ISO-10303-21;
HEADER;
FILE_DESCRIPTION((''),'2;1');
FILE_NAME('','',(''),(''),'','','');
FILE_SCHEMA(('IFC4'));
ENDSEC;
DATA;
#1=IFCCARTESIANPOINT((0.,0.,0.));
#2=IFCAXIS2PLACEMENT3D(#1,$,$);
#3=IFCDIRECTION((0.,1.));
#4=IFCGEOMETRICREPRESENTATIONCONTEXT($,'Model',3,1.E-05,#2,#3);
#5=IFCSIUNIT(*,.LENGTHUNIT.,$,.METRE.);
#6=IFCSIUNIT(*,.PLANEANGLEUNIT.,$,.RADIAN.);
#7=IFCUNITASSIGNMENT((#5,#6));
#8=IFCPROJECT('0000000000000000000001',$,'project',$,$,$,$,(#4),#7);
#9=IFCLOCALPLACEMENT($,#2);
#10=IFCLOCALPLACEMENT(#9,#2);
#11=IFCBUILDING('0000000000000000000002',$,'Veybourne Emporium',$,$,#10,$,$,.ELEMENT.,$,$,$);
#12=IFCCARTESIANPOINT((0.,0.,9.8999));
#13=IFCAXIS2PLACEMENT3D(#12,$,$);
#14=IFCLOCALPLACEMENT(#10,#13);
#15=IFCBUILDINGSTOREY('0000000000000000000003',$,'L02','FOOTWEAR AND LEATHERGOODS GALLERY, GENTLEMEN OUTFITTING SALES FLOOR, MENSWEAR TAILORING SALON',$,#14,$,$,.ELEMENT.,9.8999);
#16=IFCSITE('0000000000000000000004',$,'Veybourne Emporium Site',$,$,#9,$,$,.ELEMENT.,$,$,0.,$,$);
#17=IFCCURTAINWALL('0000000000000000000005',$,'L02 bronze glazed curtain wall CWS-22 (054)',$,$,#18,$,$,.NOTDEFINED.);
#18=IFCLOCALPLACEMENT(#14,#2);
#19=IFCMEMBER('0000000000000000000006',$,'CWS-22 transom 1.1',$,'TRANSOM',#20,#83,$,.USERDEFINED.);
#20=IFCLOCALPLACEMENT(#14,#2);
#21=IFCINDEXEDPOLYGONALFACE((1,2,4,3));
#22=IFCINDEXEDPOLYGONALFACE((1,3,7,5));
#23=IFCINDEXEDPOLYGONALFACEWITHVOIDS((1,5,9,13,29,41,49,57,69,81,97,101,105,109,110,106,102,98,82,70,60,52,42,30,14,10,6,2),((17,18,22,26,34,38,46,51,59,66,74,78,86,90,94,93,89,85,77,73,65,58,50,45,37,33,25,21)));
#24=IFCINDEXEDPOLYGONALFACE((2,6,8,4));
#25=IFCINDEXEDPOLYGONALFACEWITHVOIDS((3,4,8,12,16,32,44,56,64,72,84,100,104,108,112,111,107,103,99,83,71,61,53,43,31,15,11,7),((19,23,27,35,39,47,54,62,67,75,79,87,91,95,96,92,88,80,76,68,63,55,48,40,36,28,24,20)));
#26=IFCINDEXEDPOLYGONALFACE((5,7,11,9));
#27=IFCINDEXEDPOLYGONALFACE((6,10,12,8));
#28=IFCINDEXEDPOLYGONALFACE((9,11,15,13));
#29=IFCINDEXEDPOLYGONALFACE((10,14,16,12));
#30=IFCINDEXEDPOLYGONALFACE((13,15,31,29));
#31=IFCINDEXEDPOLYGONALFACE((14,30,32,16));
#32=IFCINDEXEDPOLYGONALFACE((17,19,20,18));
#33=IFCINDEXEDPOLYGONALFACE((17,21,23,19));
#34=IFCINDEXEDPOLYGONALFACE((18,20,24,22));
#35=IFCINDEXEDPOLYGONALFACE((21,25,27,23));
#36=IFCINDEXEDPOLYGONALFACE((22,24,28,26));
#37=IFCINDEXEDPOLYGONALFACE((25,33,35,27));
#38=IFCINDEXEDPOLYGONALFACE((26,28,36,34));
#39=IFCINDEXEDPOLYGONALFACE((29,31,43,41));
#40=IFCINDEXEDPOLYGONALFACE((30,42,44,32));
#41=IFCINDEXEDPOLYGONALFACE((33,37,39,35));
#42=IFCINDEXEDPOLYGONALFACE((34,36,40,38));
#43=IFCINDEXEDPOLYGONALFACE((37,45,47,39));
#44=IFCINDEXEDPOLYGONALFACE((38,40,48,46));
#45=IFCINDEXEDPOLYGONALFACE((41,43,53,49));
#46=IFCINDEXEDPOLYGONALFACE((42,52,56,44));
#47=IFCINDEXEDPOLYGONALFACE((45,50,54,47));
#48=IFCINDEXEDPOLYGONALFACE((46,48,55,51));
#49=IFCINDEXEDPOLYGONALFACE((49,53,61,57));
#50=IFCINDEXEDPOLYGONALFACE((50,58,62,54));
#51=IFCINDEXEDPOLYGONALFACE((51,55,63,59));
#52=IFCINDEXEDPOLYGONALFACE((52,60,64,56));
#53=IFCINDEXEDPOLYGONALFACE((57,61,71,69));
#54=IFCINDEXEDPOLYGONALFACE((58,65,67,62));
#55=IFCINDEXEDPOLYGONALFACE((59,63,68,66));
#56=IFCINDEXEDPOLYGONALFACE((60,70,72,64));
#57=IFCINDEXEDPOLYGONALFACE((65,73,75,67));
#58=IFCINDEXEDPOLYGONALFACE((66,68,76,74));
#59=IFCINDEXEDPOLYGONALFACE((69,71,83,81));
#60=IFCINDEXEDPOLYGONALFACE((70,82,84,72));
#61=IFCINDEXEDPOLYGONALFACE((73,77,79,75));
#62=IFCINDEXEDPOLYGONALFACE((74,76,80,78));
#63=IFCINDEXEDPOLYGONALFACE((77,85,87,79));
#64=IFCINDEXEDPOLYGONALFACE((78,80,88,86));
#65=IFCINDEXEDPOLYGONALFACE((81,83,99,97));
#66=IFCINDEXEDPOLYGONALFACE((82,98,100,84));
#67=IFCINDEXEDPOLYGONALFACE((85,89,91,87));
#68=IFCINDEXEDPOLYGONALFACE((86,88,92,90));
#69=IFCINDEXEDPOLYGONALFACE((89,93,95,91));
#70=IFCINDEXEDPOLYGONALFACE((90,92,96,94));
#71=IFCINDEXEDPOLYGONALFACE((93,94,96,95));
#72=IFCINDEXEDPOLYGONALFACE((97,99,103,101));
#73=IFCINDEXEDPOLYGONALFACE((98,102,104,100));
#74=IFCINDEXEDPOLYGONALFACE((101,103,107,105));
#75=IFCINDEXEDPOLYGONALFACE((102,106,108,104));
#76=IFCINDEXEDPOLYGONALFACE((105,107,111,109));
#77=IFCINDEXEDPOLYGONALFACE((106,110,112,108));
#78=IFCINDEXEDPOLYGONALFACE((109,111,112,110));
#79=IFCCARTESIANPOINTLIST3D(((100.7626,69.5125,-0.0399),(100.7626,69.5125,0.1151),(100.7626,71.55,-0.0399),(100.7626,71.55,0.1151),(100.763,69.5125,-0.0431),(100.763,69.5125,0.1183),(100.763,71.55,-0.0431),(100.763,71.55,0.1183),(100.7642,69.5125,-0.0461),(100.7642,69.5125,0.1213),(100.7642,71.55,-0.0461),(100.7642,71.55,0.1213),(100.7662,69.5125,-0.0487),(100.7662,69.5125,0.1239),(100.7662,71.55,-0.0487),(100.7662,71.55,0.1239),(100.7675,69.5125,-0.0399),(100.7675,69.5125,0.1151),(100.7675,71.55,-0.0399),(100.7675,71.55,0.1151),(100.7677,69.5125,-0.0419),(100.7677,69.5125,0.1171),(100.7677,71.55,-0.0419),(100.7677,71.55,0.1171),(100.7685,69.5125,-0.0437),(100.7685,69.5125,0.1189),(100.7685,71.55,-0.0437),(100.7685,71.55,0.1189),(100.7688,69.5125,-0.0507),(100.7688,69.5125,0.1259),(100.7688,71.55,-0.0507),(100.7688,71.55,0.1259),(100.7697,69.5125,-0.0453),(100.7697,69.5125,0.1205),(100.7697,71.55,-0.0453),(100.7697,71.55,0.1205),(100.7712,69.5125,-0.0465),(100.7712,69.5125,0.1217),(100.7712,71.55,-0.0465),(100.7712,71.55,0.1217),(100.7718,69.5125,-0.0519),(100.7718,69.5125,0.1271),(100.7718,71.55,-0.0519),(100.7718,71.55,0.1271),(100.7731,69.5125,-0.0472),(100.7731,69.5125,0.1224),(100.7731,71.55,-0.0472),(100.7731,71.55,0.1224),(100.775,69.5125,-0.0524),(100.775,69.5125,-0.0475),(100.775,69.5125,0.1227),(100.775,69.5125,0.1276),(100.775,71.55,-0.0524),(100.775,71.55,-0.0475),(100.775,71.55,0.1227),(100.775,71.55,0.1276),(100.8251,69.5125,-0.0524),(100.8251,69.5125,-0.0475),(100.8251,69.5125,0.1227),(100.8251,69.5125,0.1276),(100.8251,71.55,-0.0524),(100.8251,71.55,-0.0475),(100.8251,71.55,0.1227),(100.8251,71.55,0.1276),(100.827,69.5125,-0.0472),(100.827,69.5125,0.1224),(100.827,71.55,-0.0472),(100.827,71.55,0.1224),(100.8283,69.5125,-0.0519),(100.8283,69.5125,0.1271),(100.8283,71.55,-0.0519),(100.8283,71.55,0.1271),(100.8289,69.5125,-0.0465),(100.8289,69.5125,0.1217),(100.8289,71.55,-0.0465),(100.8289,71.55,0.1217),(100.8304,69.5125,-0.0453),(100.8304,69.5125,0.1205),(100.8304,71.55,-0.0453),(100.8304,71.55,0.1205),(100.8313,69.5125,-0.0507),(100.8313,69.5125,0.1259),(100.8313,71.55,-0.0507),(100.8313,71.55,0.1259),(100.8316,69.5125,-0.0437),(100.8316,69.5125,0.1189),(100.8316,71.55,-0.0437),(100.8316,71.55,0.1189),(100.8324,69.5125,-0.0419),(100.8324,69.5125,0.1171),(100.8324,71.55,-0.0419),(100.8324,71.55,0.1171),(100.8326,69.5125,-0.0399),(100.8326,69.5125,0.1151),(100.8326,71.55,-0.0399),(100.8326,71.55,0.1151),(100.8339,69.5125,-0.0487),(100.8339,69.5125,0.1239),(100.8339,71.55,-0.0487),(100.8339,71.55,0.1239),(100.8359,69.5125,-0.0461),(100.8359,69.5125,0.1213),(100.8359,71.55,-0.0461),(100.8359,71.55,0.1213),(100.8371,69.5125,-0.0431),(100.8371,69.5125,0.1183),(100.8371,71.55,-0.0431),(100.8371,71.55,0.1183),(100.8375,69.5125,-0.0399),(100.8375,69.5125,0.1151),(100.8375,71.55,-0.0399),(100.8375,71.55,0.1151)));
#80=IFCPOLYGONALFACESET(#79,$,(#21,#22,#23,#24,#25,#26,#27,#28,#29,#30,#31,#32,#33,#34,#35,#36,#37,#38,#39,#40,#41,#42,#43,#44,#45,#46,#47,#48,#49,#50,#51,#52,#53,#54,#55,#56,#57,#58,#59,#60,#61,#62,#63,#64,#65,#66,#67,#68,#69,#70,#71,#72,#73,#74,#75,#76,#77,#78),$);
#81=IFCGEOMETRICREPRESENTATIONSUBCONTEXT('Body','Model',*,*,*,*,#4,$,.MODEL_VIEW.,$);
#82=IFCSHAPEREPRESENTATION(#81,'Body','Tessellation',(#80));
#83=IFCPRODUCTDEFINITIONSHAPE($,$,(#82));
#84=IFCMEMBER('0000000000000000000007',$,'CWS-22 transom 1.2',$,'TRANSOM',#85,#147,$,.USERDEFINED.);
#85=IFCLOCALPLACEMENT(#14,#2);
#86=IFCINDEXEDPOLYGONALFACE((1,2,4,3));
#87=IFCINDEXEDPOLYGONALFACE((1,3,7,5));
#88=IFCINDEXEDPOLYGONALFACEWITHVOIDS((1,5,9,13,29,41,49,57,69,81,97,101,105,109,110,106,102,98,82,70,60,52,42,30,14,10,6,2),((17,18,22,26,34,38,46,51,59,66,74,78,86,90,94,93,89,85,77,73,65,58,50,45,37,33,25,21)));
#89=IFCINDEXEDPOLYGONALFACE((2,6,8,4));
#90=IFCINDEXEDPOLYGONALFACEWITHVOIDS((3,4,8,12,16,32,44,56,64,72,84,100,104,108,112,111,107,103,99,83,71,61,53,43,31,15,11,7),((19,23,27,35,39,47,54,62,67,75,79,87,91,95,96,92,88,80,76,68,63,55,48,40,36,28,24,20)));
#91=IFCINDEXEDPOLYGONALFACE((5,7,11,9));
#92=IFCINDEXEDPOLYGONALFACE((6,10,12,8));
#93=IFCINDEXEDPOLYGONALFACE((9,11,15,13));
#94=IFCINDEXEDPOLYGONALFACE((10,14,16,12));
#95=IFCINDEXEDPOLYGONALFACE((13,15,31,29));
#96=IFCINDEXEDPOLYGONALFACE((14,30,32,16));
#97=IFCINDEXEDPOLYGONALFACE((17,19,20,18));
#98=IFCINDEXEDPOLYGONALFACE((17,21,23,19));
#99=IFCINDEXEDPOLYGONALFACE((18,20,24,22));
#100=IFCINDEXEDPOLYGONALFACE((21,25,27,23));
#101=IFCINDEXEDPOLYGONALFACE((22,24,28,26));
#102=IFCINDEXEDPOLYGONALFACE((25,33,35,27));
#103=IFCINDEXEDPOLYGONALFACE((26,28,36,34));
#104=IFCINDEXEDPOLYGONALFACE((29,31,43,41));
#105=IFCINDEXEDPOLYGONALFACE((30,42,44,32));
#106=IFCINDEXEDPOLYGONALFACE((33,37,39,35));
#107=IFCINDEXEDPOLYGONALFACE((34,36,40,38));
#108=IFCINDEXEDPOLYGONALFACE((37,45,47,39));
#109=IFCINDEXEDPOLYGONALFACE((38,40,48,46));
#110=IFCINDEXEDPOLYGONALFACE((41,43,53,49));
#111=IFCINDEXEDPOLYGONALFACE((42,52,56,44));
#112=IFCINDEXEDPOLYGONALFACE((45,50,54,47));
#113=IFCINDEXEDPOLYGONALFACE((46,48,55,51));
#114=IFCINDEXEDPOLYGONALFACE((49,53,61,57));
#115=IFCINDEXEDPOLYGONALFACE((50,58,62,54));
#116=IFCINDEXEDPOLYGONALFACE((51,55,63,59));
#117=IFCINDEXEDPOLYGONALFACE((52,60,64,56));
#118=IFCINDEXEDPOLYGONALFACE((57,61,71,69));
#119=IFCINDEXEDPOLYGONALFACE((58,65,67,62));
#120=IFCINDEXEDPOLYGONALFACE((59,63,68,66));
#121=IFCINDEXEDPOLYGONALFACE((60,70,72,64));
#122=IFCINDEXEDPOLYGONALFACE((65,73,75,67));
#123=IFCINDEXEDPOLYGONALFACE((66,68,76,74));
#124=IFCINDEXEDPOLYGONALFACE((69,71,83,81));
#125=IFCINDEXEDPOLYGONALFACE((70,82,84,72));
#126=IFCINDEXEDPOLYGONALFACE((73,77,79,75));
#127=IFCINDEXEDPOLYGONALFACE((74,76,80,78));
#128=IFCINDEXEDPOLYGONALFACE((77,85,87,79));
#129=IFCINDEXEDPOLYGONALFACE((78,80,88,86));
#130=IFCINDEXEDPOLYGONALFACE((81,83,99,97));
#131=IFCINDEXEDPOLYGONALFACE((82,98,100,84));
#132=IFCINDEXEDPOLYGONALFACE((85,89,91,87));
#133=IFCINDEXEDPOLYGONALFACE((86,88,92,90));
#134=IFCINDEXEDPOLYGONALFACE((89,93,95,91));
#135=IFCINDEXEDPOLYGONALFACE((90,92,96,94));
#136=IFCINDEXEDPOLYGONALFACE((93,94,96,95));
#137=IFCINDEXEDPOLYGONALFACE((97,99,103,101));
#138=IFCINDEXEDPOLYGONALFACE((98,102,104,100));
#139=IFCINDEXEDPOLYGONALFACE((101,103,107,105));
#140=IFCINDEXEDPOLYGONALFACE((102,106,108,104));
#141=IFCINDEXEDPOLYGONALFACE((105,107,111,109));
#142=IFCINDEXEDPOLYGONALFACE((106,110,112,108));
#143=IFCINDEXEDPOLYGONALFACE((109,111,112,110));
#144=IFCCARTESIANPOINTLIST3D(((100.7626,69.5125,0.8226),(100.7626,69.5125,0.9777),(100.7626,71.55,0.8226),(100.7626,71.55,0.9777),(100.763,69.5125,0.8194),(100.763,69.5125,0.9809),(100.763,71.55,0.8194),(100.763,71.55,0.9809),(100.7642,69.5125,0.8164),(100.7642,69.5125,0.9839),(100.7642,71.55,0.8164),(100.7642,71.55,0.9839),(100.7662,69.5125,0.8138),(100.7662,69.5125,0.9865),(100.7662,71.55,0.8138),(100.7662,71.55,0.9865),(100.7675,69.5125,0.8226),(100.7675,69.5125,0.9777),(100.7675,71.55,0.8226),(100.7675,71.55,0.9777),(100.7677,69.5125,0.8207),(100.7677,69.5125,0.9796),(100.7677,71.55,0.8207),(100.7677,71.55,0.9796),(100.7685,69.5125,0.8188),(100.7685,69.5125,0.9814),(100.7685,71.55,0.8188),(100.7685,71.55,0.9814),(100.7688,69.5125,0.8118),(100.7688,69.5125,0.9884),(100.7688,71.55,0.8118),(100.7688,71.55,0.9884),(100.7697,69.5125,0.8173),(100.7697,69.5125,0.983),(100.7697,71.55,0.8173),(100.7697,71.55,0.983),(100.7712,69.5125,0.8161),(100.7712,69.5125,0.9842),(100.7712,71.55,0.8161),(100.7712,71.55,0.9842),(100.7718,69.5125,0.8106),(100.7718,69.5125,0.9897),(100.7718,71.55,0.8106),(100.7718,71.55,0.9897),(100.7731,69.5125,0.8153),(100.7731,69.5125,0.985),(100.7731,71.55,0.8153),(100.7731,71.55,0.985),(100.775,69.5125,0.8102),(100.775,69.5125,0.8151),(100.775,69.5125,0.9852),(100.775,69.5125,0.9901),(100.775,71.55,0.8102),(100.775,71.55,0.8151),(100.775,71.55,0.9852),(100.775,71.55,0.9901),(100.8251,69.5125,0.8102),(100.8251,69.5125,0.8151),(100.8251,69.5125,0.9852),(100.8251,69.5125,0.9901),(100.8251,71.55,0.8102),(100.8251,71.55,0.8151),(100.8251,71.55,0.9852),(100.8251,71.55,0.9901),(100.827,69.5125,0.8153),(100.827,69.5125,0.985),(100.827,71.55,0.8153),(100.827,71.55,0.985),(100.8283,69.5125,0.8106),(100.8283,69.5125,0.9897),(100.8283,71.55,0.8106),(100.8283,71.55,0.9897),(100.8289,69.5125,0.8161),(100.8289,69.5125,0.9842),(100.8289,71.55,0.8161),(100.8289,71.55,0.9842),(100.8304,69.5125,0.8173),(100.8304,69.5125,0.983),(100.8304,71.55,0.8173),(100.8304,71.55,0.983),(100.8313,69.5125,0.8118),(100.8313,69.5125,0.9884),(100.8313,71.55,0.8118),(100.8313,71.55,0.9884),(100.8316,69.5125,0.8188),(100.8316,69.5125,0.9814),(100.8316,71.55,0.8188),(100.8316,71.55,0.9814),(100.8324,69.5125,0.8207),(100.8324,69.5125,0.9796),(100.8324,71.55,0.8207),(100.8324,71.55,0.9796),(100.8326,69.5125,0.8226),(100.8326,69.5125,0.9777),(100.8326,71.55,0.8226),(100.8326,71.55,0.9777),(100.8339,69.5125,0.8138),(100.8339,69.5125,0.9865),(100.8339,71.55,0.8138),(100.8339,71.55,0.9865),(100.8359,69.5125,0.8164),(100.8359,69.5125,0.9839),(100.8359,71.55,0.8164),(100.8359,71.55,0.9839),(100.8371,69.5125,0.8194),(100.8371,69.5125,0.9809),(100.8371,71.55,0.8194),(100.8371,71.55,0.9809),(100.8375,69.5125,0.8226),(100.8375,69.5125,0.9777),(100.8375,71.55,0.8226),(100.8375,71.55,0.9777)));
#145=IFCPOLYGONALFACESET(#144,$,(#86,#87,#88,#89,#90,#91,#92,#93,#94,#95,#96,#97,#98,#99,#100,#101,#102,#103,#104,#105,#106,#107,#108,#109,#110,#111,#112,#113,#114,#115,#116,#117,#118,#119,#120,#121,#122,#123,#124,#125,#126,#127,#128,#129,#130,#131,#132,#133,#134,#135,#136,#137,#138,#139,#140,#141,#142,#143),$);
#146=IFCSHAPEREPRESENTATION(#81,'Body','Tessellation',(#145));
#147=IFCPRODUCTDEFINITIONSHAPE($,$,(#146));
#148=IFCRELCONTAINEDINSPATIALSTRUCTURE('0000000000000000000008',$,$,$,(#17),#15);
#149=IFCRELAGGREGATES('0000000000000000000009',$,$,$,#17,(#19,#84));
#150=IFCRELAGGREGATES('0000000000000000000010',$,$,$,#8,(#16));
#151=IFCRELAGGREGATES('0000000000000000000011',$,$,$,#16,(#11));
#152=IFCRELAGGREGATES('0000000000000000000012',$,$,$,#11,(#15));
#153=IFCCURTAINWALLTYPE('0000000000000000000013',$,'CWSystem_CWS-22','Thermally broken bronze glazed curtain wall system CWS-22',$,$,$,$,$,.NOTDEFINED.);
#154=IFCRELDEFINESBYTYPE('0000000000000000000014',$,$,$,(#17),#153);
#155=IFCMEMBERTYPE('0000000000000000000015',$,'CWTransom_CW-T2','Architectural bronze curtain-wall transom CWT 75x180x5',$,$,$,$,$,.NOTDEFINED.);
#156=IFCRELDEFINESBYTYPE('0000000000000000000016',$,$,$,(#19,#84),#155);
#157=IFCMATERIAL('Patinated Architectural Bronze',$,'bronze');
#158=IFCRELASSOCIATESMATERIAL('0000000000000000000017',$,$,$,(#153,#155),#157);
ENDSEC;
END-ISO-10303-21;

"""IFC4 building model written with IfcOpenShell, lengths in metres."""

from ifc_helpers import new_model, si_unit, direction, frame, origin, origin_2d, place, context, subcontext, project, spatial, hollow_rectangle, extrude, material, material_profile, profile_set, type_object, element, aggregate, save


model = new_model("IFC4")

# Units and contexts
model_context = context("Model", 3, precision=1e-05, world=origin(), true_north=direction((0.0, 1.0)))
body_context = subcontext(model_context, "Body", "Model", "MODEL_VIEW")
ifc_project = project(units=[si_unit("LENGTHUNIT", "METRE"), si_unit("PLANEANGLEUNIT", "RADIAN")], contexts=[model_context])

# Site, building, storey
site_placement = place(None, origin())
site = spatial("IfcSite", under=ifc_project, at=site_placement, Name="Veybourne Emporium Site", CompositionType="ELEMENT", RefElevation=0.0)
building_placement = place(site_placement, origin())
building = spatial("IfcBuilding", under=site, at=building_placement, Name="Veybourne Emporium", CompositionType="ELEMENT")
storey_placement = place(building_placement, frame((0.0, 0.0, 9.8999)))
storey = spatial("IfcBuildingStorey", under=building, at=storey_placement, Name="L02", Description="FOOTWEAR AND LEATHERGOODS GALLERY, GENTLEMEN OUTFITTING SALES FLOOR, MENSWEAR TAILORING SALON", CompositionType="ELEMENT", Elevation=9.8999)

# Curtain wall, members
ifc_material_1 = material(Name="Patinated Architectural Bronze", Category="bronze")
curtain_wall_type = type_object("IfcCurtainWallType", Name="CWSystem_CWS-22", Description="Thermally broken bronze glazed curtain wall system CWS-22", PredefinedType="NOTDEFINED", material=ifc_material_1)
curtain_wall_placement = place(storey_placement, origin())
curtain_wall = element("IfcCurtainWall", 1, at=curtain_wall_placement, inside=storey, type_object=curtain_wall_type, Name="L02 bronze glazed curtain wall CWS-22 (054)", PredefinedType="NOTDEFINED")
ifc_material_profile_1 = material_profile(ifc_material_1, hollow_rectangle(XDim=0.075, YDim=0.1799, WallThickness=0.0049, InnerFilletRadius=0.0076, OuterFilletRadius=0.0125, at=origin_2d()), Name="CWT 75x180x5")
ifc_profile_set_1 = profile_set([ifc_material_profile_1], Name="Patinated Architectural Bronze")
member_type_1 = type_object("IfcMemberType", Name="CWTransom_CW-T2", Description="Architectural bronze curtain-wall transom CWT 75x180x5", PredefinedType="NOTDEFINED", material=ifc_profile_set_1)
member_1_placement = place(storey_placement, frame((100.8, 71.55, 0.0376), z_axis=(0.0, -1.0, 0.0), x_axis=(1.0, 0.0, 0.0)))
member_1 = element("IfcMember", 2, at=member_1_placement, type_object=member_type_1, Name="CWS-22 transom 1.1", ObjectType="TRANSOM", PredefinedType="USERDEFINED", context=body_context, shape_type="SweptSolid", body=[
    extrude(hollow_rectangle(XDim=0.075, YDim=0.1799, WallThickness=0.0049, InnerFilletRadius=0.0076, OuterFilletRadius=0.0125, at=origin_2d()), origin(), (0.0, 0.0, 1.0), 2.0376),
])
member_2_placement = place(storey_placement, frame((100.8, 71.55, 0.9001), z_axis=(0.0, -1.0, 0.0), x_axis=(1.0, 0.0, 0.0)))
member_2 = element("IfcMember", 3, at=member_2_placement, type_object=member_type_1, Name="CWS-22 transom 1.2", ObjectType="TRANSOM", PredefinedType="USERDEFINED", context=body_context, shape_type="SweptSolid", body=[
    extrude(hollow_rectangle(XDim=0.075, YDim=0.1799, WallThickness=0.0049, InnerFilletRadius=0.0076, OuterFilletRadius=0.0125, at=origin_2d()), origin(), (0.0, 0.0, 1.0), 2.0376),
])

aggregate(curtain_wall, [member_1, member_2])

save(model, "model.ifc")
